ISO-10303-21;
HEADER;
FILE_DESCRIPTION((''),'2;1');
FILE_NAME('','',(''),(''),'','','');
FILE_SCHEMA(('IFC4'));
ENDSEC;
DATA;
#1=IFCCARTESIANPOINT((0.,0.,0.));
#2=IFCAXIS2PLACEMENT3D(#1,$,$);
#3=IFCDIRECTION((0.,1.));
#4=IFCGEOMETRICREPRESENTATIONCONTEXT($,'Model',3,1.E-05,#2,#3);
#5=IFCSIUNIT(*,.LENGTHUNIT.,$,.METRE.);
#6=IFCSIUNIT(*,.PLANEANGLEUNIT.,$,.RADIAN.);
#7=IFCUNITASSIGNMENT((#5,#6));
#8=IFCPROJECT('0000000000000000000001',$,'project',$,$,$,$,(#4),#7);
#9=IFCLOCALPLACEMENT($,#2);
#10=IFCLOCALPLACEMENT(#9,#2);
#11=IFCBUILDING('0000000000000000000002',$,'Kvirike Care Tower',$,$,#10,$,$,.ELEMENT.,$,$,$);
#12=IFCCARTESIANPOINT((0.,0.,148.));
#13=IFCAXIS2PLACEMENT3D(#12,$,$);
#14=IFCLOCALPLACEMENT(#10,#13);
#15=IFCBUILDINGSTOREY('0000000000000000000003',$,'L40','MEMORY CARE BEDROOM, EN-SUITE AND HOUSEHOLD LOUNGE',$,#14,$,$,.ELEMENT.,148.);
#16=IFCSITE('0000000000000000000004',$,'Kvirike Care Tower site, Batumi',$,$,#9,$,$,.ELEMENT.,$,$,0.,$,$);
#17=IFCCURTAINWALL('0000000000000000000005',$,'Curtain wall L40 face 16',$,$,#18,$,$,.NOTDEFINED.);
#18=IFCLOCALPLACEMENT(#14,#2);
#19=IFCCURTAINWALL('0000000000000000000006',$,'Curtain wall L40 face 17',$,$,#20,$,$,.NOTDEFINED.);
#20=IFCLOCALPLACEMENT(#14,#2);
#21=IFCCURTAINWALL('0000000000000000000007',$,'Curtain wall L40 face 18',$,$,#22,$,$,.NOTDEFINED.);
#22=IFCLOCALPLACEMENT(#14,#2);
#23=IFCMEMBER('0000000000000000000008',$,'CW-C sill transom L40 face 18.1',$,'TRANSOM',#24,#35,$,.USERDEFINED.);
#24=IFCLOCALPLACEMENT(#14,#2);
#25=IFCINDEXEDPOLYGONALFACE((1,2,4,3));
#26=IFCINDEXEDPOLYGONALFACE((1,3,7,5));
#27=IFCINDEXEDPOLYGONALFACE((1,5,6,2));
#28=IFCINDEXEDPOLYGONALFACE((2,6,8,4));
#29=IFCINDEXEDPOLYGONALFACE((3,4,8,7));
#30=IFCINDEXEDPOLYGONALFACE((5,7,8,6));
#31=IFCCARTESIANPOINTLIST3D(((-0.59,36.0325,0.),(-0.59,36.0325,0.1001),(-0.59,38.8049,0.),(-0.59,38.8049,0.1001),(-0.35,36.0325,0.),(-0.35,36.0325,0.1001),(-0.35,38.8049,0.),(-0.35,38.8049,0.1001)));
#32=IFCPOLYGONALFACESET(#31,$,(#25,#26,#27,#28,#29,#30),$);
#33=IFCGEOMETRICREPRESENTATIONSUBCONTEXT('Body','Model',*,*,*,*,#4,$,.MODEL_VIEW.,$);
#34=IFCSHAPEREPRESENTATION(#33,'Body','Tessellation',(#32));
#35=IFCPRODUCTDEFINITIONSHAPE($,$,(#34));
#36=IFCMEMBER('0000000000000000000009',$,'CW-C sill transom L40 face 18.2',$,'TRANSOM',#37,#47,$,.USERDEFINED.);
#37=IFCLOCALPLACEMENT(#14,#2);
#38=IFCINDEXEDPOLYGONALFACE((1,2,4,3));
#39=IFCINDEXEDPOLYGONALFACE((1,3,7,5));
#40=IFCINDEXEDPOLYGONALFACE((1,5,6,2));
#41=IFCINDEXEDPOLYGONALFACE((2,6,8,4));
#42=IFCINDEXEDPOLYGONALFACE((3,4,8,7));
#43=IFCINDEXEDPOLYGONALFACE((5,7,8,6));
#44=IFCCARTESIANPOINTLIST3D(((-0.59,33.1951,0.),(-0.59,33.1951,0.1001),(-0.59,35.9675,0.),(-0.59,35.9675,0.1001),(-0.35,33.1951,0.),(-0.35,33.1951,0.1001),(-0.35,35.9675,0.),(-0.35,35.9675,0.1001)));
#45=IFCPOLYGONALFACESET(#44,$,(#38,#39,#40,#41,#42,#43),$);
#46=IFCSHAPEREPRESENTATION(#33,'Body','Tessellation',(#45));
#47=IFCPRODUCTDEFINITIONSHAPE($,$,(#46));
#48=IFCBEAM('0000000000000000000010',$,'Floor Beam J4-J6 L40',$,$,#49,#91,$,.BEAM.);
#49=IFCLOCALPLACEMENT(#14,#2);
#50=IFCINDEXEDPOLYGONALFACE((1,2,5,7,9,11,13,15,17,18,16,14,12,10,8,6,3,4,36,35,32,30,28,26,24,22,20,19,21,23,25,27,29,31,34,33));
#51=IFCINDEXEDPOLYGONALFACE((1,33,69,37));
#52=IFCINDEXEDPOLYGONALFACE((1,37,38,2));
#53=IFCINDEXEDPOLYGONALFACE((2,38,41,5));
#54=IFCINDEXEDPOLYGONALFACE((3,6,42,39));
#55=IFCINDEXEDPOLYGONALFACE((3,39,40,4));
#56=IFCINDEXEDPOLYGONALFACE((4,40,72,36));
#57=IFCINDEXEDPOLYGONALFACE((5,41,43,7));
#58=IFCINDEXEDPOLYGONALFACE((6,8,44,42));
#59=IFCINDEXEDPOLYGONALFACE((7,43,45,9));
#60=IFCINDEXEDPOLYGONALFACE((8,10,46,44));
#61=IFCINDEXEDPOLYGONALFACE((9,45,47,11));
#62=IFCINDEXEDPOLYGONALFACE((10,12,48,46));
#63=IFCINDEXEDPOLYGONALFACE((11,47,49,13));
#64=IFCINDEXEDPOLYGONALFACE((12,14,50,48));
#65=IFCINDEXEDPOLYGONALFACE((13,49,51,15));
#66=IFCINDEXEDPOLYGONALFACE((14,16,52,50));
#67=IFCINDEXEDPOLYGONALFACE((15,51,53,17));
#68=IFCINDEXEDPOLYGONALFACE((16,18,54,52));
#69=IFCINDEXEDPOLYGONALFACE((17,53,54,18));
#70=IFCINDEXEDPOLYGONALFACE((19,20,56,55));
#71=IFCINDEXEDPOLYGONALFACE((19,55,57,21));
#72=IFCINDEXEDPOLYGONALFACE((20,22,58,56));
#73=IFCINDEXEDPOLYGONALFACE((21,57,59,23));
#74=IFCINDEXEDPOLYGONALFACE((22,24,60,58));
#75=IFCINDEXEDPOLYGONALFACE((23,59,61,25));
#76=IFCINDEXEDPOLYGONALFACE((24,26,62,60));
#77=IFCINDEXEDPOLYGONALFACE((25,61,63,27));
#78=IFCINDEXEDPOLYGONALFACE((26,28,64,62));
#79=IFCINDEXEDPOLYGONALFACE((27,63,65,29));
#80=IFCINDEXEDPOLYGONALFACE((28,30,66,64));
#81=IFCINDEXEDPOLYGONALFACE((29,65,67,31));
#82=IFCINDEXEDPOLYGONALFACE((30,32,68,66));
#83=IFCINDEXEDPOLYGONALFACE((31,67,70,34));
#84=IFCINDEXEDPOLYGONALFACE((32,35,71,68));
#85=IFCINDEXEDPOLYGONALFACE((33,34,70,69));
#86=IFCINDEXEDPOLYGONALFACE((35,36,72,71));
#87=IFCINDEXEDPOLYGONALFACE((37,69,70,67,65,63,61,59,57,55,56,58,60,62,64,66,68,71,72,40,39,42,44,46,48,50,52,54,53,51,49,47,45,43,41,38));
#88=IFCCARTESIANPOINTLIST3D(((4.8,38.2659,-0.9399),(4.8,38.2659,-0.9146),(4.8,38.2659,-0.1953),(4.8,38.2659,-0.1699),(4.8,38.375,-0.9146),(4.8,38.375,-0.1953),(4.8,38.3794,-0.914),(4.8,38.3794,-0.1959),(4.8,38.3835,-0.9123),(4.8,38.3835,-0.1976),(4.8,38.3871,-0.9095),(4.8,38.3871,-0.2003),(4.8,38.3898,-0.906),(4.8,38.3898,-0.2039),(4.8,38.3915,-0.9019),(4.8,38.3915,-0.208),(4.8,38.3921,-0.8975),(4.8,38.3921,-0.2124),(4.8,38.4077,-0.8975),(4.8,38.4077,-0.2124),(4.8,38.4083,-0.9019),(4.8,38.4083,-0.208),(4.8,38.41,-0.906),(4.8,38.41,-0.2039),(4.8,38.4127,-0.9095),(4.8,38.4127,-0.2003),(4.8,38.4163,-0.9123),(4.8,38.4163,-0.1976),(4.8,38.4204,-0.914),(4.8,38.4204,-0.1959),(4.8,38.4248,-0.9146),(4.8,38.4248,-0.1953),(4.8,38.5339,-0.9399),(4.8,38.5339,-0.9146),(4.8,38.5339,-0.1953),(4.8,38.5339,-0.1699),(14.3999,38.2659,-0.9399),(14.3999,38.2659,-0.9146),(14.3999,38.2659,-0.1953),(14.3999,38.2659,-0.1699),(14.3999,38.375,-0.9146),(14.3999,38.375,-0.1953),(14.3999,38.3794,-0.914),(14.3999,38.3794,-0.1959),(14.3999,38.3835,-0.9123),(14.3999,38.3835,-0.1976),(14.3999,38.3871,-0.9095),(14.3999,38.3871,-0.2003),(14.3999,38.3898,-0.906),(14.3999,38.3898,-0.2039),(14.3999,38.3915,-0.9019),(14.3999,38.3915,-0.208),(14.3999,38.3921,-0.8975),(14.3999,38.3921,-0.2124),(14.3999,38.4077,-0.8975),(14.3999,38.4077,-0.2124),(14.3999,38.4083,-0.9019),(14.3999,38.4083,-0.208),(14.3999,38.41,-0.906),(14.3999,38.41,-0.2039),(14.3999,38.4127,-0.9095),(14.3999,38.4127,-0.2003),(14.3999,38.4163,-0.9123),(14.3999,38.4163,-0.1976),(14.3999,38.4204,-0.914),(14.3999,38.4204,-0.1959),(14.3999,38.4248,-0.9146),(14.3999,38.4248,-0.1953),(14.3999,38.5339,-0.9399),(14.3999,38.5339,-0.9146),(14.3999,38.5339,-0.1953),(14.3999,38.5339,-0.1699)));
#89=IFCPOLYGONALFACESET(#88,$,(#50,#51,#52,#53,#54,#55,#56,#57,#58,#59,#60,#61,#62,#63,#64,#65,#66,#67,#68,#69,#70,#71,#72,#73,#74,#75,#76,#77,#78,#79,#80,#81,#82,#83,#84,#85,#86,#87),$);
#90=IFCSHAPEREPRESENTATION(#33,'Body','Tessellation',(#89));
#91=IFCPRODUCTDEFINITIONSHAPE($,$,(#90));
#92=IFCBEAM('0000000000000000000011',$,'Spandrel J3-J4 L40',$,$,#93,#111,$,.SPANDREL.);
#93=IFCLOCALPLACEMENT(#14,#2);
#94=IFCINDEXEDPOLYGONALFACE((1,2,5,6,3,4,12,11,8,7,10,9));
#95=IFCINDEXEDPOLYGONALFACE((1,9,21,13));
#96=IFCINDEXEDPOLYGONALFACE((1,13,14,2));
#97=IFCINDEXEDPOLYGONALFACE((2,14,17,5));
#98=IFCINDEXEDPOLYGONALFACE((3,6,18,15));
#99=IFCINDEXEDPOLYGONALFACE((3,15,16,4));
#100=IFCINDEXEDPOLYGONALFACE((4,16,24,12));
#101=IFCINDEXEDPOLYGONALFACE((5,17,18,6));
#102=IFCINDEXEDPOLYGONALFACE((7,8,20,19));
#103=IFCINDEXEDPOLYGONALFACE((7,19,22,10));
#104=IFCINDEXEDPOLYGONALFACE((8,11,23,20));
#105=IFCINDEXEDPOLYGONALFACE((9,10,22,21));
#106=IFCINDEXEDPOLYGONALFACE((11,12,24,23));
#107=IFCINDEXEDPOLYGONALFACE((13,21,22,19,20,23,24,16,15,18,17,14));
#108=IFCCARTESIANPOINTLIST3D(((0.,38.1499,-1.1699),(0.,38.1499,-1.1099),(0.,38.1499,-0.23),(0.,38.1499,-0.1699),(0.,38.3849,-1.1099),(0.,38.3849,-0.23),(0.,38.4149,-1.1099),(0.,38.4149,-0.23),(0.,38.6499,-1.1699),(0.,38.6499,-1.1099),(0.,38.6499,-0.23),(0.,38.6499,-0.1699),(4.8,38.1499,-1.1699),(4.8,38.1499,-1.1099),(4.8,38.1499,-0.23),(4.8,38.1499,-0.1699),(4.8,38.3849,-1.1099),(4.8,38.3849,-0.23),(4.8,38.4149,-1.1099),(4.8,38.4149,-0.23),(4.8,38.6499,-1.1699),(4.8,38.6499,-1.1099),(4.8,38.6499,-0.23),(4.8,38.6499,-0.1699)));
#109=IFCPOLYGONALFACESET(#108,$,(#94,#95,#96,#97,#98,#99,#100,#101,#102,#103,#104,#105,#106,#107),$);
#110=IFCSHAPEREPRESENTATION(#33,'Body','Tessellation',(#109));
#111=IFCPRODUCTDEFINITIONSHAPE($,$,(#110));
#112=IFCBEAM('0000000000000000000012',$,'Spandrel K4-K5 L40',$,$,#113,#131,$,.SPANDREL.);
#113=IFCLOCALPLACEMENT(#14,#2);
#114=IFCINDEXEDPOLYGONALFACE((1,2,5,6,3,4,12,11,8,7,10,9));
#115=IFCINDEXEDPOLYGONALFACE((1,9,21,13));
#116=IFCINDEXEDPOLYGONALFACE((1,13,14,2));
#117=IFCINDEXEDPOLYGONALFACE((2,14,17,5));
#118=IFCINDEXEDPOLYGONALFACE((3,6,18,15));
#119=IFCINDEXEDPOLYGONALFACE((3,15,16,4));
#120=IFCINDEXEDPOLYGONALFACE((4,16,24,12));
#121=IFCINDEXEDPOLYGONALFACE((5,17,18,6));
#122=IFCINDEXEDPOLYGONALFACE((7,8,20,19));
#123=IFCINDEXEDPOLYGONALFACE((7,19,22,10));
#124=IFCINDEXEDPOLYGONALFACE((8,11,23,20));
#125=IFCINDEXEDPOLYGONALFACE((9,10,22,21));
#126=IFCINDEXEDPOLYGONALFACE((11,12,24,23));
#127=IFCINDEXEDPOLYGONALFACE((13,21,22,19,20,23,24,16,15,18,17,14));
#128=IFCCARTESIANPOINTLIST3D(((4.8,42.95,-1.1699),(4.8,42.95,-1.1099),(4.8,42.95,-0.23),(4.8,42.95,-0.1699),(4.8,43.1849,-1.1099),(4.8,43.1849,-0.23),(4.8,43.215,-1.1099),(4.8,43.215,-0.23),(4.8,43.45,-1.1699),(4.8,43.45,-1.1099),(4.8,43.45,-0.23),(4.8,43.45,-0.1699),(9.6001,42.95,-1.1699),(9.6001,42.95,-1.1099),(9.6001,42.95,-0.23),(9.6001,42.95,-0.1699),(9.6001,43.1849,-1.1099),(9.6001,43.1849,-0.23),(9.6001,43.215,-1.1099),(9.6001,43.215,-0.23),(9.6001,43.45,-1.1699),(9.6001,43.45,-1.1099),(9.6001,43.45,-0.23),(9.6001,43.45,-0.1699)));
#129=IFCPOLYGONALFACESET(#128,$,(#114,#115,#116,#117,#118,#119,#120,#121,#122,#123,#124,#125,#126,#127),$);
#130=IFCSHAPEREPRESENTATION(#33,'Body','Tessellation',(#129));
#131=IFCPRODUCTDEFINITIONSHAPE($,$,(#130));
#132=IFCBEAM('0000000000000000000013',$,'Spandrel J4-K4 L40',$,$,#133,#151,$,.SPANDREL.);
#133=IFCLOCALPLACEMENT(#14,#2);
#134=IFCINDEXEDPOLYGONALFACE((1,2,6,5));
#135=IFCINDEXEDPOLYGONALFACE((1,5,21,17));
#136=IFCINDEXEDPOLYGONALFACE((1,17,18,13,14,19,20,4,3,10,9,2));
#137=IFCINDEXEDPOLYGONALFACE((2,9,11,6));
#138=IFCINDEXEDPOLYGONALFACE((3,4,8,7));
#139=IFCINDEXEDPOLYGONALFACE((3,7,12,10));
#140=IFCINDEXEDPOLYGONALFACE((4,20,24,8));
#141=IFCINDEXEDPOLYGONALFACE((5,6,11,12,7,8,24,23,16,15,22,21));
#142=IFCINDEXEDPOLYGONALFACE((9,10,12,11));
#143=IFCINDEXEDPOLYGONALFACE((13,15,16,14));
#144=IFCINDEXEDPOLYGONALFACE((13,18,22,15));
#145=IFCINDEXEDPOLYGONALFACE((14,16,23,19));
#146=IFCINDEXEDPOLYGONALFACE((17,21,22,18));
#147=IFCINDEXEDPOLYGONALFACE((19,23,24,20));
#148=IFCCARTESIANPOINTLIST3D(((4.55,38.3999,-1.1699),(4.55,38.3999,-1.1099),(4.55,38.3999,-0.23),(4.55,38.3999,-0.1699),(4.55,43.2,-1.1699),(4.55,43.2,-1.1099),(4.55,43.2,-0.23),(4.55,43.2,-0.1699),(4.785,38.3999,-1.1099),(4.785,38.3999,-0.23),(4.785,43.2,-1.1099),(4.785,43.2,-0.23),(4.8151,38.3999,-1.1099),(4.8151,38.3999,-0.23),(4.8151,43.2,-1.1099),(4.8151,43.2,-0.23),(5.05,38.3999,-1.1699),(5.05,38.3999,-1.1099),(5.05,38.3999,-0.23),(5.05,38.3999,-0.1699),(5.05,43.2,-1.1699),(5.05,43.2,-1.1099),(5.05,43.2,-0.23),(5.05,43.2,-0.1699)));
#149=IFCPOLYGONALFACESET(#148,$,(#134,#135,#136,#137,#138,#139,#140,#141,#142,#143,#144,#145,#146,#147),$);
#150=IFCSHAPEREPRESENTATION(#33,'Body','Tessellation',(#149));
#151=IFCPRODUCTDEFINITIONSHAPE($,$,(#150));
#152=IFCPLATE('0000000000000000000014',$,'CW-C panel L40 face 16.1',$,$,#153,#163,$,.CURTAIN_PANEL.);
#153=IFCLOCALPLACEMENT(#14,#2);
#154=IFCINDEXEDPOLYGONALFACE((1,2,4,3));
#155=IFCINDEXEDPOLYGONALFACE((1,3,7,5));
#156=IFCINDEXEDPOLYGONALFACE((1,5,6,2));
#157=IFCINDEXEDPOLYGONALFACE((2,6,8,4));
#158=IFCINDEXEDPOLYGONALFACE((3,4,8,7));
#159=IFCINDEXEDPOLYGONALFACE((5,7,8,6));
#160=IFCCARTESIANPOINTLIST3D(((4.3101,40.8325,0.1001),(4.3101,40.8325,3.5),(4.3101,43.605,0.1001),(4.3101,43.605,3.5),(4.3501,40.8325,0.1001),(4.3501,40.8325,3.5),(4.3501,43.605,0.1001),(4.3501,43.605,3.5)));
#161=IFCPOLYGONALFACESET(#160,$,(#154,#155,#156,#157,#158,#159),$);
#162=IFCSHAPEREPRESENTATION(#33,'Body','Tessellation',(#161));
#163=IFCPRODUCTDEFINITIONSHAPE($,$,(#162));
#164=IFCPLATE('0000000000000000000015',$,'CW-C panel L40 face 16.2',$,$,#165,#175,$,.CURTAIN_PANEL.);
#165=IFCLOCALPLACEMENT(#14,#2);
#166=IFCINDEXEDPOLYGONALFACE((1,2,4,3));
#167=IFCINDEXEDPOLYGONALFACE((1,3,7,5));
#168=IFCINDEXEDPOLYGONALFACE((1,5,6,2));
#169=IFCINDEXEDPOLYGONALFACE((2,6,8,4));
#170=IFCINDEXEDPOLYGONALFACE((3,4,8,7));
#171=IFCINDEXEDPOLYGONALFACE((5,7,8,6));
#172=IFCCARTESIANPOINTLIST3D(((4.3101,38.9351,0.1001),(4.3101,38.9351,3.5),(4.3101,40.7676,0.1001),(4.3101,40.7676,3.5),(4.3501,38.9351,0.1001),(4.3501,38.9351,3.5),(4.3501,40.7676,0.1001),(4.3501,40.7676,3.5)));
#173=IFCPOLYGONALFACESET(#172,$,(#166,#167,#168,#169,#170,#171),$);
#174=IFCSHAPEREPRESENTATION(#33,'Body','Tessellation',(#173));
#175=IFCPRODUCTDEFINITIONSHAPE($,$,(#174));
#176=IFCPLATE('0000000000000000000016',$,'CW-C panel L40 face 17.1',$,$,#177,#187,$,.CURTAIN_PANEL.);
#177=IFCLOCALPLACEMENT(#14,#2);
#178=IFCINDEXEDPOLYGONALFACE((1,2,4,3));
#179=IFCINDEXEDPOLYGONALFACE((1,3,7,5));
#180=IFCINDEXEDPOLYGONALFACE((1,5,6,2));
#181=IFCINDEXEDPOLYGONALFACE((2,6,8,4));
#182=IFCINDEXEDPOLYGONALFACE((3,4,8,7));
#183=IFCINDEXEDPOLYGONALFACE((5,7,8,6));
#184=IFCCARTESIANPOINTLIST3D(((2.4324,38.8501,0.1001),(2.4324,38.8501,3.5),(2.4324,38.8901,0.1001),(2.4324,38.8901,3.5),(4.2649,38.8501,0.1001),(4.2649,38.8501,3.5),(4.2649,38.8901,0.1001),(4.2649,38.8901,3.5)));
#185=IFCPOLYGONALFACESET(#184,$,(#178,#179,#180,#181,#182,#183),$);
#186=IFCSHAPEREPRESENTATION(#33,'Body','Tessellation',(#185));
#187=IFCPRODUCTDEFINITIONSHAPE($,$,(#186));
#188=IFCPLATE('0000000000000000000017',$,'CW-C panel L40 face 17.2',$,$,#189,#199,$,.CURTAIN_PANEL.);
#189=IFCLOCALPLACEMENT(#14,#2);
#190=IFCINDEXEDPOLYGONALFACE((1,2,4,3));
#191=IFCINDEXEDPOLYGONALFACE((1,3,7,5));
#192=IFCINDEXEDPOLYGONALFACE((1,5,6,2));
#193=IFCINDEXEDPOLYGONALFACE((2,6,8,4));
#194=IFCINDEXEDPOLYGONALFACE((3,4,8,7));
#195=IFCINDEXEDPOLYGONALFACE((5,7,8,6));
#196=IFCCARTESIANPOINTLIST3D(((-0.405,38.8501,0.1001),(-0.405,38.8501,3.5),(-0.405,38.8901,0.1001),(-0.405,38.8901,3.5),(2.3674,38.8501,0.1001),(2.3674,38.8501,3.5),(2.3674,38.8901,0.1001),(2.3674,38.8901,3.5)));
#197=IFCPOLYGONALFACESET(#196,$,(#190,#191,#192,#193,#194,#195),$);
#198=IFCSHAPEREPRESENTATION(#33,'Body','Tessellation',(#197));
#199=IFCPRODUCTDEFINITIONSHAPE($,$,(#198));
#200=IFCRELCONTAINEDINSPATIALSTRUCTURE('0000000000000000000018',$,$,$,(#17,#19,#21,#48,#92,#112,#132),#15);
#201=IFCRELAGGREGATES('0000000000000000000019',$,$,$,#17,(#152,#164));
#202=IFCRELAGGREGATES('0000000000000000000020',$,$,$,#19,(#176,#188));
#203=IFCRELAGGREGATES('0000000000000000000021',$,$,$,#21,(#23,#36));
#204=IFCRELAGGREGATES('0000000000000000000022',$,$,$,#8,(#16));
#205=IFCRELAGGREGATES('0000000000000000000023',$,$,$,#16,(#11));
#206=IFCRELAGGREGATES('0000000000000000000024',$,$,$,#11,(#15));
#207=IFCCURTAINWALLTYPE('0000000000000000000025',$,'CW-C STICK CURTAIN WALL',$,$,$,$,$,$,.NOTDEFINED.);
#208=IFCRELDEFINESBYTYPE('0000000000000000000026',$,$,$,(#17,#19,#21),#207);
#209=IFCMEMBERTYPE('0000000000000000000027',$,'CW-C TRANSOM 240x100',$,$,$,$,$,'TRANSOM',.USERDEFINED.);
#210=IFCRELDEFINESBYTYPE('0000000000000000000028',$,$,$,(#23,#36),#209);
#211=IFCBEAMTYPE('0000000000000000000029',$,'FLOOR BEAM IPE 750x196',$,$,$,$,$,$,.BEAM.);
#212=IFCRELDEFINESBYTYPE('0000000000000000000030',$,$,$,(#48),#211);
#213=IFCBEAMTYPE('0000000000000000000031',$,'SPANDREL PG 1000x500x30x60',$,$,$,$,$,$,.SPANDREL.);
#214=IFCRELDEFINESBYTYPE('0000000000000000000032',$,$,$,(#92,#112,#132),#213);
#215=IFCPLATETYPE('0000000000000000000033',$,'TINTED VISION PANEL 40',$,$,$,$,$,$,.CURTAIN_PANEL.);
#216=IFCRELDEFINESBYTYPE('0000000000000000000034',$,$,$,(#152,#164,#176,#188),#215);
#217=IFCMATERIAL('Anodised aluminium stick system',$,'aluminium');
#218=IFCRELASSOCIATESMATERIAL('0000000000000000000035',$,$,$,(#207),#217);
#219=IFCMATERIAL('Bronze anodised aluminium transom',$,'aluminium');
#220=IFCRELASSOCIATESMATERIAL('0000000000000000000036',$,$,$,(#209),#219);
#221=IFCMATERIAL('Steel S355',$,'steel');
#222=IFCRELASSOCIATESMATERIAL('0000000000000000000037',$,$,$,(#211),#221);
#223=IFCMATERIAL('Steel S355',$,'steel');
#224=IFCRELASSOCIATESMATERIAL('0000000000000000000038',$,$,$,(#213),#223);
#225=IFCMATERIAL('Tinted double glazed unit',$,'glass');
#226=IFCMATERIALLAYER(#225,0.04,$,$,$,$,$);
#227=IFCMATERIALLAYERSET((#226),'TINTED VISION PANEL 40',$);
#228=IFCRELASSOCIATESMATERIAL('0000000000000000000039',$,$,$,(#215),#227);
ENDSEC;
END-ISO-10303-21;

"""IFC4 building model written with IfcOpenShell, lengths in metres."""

from ifc_helpers import new_model, si_unit, direction, frame, origin, origin_2d, place, context, subcontext, project, spatial, rectangle, i_section, extrude, material, layer, layer_set, material_profile, profile_set, type_object, element, aggregate, save


model = new_model("IFC4")

# Units and contexts
model_context = context("Model", 3, precision=1e-05, world=origin(), true_north=direction((0.0, 1.0)))
body_context = subcontext(model_context, "Body", "Model", "MODEL_VIEW")
ifc_project = project(units=[si_unit("LENGTHUNIT", "METRE"), si_unit("PLANEANGLEUNIT", "RADIAN")], contexts=[model_context])

# Site, building, storey
site_placement = place(None, origin())
site = spatial("IfcSite", under=ifc_project, at=site_placement, Name="Kvirike Care Tower site, Batumi", CompositionType="ELEMENT", RefElevation=0.0)
building_placement = place(site_placement, origin())
building = spatial("IfcBuilding", under=site, at=building_placement, Name="Kvirike Care Tower", CompositionType="ELEMENT")
storey_placement = place(building_placement, frame((0.0, 0.0, 148.0)))
storey = spatial("IfcBuildingStorey", under=building, at=storey_placement, Name="L40", Description="MEMORY CARE BEDROOM, EN-SUITE AND HOUSEHOLD LOUNGE", CompositionType="ELEMENT", Elevation=148.0)

# Curtain walls
ifc_material_1 = material(Name="Anodised aluminium stick system", Category="aluminium")
curtain_wall_type = type_object("IfcCurtainWallType", Name="CW-C STICK CURTAIN WALL", PredefinedType="NOTDEFINED", material=ifc_material_1)
curtain_wall_1_placement = place(storey_placement, origin())
curtain_wall_1 = element("IfcCurtainWall", 1, at=curtain_wall_1_placement, inside=storey, type_object=curtain_wall_type, Name="Curtain wall L40 face 16", PredefinedType="NOTDEFINED")
curtain_wall_2_placement = place(storey_placement, origin())
curtain_wall_2 = element("IfcCurtainWall", 2, at=curtain_wall_2_placement, inside=storey, type_object=curtain_wall_type, Name="Curtain wall L40 face 17", PredefinedType="NOTDEFINED")
curtain_wall_3_placement = place(storey_placement, origin())
curtain_wall_3 = element("IfcCurtainWall", 3, at=curtain_wall_3_placement, inside=storey, type_object=curtain_wall_type, Name="Curtain wall L40 face 18", PredefinedType="NOTDEFINED")

# Members
ifc_material_2 = material(Name="Bronze anodised aluminium transom", Category="aluminium")
ifc_material_profile_1 = material_profile(ifc_material_2, rectangle(XDim=0.24, YDim=0.1001, at=origin_2d()), Name="CW-C TRANSOM 240x100")
ifc_profile_set_1 = profile_set([ifc_material_profile_1], Name="Bronze anodised aluminium transom")
member_type_1 = type_object("IfcMemberType", Name="CW-C TRANSOM 240x100", ElementType="TRANSOM", PredefinedType="USERDEFINED", material=ifc_profile_set_1)
member_1_placement = place(storey_placement, frame((-0.47, 38.8049, 0.05), z_axis=(0.0, -1.0, 0.0), x_axis=(1.0, 0.0, 0.0)))
member_1 = element("IfcMember", 4, at=member_1_placement, type_object=member_type_1, Name="CW-C sill transom L40 face 18.1", ObjectType="TRANSOM", PredefinedType="USERDEFINED", context=body_context, shape_type="SweptSolid", body=[
    extrude(rectangle(XDim=0.24, YDim=0.1001, at=origin_2d()), origin(), (0.0, 0.0, 1.0), 2.7725),
])
member_2_placement = place(storey_placement, frame((-0.47, 35.9675, 0.05), z_axis=(0.0, -1.0, 0.0), x_axis=(1.0, 0.0, 0.0)))
member_2 = element("IfcMember", 5, at=member_2_placement, type_object=member_type_1, Name="CW-C sill transom L40 face 18.2", ObjectType="TRANSOM", PredefinedType="USERDEFINED", context=body_context, shape_type="SweptSolid", body=[
    extrude(rectangle(XDim=0.24, YDim=0.1001, at=origin_2d()), origin(), (0.0, 0.0, 1.0), 2.7725),
])

# Beams
ifc_material_3 = material(Name="Steel S355", Category="steel")
ifc_material_profile_2 = material_profile(ifc_material_3, i_section(OverallWidth=0.2681, OverallDepth=0.77, WebThickness=0.0156, FlangeThickness=0.0254, FilletRadius=0.0171, at=origin_2d()), Name="IPE 750x196")
ifc_profile_set_2 = profile_set([ifc_material_profile_2], Name="Steel S355")
beam_type_1 = type_object("IfcBeamType", Name="FLOOR BEAM IPE 750x196", PredefinedType="BEAM", material=ifc_profile_set_2)
beam_placement = place(storey_placement, frame((4.8, 38.3999, -0.5549), z_axis=(1.0, 0.0, 0.0), x_axis=(0.0, 1.0, 0.0)))
element("IfcBeam", 6, at=beam_placement, inside=storey, type_object=beam_type_1, Name="Floor Beam J4-J6 L40", PredefinedType="BEAM", context=body_context, shape_type="SweptSolid", body=[
    extrude(i_section(OverallWidth=0.2681, OverallDepth=0.77, WebThickness=0.0156, FlangeThickness=0.0254, FilletRadius=0.0171, at=origin_2d()), origin(), (0.0, 0.0, 1.0), 9.5999),
])
ifc_material_4 = material(Name="Steel S355", Category="steel")
ifc_material_profile_3 = material_profile(ifc_material_4, i_section(OverallWidth=0.5, OverallDepth=1.0, WebThickness=0.03, FlangeThickness=0.0601, at=origin_2d()), Name="PG 1000x500x30x60")
ifc_profile_set_3 = profile_set([ifc_material_profile_3], Name="Steel S355")
beam_type_2 = type_object("IfcBeamType", Name="SPANDREL PG 1000x500x30x60", PredefinedType="SPANDREL", material=ifc_profile_set_3)
for number, where, z_axis, x_axis, name in (
    (7, (0.0, 38.3999, -0.6699), (1.0, 0.0, 0.0), (0.0, 1.0, 0.0), "Spandrel J3-J4 L40"),
    (8, (4.8, 43.2, -0.6699), (1.0, 0.0, 0.0), (0.0, 1.0, 0.0), "Spandrel K4-K5 L40"),
    (9, (4.8, 38.3999, -0.6699), (0.0, 1.0, 0.0), (-1.0, 0.0, 0.0), "Spandrel J4-K4 L40"),
):
    element("IfcBeam", number, at=place(storey_placement, frame(where, z_axis=z_axis, x_axis=x_axis)), inside=storey, type_object=beam_type_2, Name=name, PredefinedType="SPANDREL", context=body_context, shape_type="SweptSolid", body=[
        extrude(i_section(OverallWidth=0.5, OverallDepth=1.0, WebThickness=0.03, FlangeThickness=0.0601, at=origin_2d()), origin(), (0.0, 0.0, 1.0), 4.8),
    ])

# Plates
ifc_material_5 = material(Name="Tinted double glazed unit", Category="glass")
ifc_layer_1 = layer(ifc_material_5, 0.04)
ifc_layer_set_1 = layer_set([ifc_layer_1], Name="TINTED VISION PANEL 40")
plate_type = type_object("IfcPlateType", Name="TINTED VISION PANEL 40", PredefinedType="CURTAIN_PANEL", material=ifc_layer_set_1)
plate_1_placement = place(storey_placement, frame((4.3301, 42.2188, 0.1001), z_axis=(0.0, 0.0, 1.0), x_axis=(0.0, -1.0, 0.0)))
plate_1 = element("IfcPlate", 10, at=plate_1_placement, type_object=plate_type, Name="CW-C panel L40 face 16.1", PredefinedType="CURTAIN_PANEL", context=body_context, shape_type="SweptSolid", body=[
    extrude(rectangle(XDim=2.7725, YDim=0.04, at=origin_2d()), origin(), (0.0, 0.0, 1.0), 3.3999),
])
plate_2_placement = place(storey_placement, frame((4.3301, 39.8513, 0.1001), z_axis=(0.0, 0.0, 1.0), x_axis=(0.0, -1.0, 0.0)))
plate_2 = element("IfcPlate", 11, at=plate_2_placement, type_object=plate_type, Name="CW-C panel L40 face 16.2", PredefinedType="CURTAIN_PANEL", context=body_context, shape_type="SweptSolid", body=[
    extrude(rectangle(XDim=1.8325, YDim=0.04, at=origin_2d()), origin(), (0.0, 0.0, 1.0), 3.3999),
])
aggregate(curtain_wall_1, [plate_1, plate_2])
plate_3_placement = place(storey_placement, frame((3.3486, 38.8701, 0.1001), z_axis=(0.0, 0.0, 1.0), x_axis=(-1.0, 0.0, 0.0)))
plate_3 = element("IfcPlate", 12, at=plate_3_placement, type_object=plate_type, Name="CW-C panel L40 face 17.1", PredefinedType="CURTAIN_PANEL", context=body_context, shape_type="SweptSolid", body=[
    extrude(rectangle(XDim=1.8325, YDim=0.04, at=origin_2d()), origin(), (0.0, 0.0, 1.0), 3.3999),
])
plate_4_placement = place(storey_placement, frame((0.9812, 38.8701, 0.1001), z_axis=(0.0, 0.0, 1.0), x_axis=(-1.0, 0.0, 0.0)))
plate_4 = element("IfcPlate", 13, at=plate_4_placement, type_object=plate_type, Name="CW-C panel L40 face 17.2", PredefinedType="CURTAIN_PANEL", context=body_context, shape_type="SweptSolid", body=[
    extrude(rectangle(XDim=2.7725, YDim=0.04, at=origin_2d()), origin(), (0.0, 0.0, 1.0), 3.3999),
])
aggregate(curtain_wall_2, [plate_3, plate_4])
aggregate(curtain_wall_3, [member_1, member_2])

save(model, "model.ifc")
